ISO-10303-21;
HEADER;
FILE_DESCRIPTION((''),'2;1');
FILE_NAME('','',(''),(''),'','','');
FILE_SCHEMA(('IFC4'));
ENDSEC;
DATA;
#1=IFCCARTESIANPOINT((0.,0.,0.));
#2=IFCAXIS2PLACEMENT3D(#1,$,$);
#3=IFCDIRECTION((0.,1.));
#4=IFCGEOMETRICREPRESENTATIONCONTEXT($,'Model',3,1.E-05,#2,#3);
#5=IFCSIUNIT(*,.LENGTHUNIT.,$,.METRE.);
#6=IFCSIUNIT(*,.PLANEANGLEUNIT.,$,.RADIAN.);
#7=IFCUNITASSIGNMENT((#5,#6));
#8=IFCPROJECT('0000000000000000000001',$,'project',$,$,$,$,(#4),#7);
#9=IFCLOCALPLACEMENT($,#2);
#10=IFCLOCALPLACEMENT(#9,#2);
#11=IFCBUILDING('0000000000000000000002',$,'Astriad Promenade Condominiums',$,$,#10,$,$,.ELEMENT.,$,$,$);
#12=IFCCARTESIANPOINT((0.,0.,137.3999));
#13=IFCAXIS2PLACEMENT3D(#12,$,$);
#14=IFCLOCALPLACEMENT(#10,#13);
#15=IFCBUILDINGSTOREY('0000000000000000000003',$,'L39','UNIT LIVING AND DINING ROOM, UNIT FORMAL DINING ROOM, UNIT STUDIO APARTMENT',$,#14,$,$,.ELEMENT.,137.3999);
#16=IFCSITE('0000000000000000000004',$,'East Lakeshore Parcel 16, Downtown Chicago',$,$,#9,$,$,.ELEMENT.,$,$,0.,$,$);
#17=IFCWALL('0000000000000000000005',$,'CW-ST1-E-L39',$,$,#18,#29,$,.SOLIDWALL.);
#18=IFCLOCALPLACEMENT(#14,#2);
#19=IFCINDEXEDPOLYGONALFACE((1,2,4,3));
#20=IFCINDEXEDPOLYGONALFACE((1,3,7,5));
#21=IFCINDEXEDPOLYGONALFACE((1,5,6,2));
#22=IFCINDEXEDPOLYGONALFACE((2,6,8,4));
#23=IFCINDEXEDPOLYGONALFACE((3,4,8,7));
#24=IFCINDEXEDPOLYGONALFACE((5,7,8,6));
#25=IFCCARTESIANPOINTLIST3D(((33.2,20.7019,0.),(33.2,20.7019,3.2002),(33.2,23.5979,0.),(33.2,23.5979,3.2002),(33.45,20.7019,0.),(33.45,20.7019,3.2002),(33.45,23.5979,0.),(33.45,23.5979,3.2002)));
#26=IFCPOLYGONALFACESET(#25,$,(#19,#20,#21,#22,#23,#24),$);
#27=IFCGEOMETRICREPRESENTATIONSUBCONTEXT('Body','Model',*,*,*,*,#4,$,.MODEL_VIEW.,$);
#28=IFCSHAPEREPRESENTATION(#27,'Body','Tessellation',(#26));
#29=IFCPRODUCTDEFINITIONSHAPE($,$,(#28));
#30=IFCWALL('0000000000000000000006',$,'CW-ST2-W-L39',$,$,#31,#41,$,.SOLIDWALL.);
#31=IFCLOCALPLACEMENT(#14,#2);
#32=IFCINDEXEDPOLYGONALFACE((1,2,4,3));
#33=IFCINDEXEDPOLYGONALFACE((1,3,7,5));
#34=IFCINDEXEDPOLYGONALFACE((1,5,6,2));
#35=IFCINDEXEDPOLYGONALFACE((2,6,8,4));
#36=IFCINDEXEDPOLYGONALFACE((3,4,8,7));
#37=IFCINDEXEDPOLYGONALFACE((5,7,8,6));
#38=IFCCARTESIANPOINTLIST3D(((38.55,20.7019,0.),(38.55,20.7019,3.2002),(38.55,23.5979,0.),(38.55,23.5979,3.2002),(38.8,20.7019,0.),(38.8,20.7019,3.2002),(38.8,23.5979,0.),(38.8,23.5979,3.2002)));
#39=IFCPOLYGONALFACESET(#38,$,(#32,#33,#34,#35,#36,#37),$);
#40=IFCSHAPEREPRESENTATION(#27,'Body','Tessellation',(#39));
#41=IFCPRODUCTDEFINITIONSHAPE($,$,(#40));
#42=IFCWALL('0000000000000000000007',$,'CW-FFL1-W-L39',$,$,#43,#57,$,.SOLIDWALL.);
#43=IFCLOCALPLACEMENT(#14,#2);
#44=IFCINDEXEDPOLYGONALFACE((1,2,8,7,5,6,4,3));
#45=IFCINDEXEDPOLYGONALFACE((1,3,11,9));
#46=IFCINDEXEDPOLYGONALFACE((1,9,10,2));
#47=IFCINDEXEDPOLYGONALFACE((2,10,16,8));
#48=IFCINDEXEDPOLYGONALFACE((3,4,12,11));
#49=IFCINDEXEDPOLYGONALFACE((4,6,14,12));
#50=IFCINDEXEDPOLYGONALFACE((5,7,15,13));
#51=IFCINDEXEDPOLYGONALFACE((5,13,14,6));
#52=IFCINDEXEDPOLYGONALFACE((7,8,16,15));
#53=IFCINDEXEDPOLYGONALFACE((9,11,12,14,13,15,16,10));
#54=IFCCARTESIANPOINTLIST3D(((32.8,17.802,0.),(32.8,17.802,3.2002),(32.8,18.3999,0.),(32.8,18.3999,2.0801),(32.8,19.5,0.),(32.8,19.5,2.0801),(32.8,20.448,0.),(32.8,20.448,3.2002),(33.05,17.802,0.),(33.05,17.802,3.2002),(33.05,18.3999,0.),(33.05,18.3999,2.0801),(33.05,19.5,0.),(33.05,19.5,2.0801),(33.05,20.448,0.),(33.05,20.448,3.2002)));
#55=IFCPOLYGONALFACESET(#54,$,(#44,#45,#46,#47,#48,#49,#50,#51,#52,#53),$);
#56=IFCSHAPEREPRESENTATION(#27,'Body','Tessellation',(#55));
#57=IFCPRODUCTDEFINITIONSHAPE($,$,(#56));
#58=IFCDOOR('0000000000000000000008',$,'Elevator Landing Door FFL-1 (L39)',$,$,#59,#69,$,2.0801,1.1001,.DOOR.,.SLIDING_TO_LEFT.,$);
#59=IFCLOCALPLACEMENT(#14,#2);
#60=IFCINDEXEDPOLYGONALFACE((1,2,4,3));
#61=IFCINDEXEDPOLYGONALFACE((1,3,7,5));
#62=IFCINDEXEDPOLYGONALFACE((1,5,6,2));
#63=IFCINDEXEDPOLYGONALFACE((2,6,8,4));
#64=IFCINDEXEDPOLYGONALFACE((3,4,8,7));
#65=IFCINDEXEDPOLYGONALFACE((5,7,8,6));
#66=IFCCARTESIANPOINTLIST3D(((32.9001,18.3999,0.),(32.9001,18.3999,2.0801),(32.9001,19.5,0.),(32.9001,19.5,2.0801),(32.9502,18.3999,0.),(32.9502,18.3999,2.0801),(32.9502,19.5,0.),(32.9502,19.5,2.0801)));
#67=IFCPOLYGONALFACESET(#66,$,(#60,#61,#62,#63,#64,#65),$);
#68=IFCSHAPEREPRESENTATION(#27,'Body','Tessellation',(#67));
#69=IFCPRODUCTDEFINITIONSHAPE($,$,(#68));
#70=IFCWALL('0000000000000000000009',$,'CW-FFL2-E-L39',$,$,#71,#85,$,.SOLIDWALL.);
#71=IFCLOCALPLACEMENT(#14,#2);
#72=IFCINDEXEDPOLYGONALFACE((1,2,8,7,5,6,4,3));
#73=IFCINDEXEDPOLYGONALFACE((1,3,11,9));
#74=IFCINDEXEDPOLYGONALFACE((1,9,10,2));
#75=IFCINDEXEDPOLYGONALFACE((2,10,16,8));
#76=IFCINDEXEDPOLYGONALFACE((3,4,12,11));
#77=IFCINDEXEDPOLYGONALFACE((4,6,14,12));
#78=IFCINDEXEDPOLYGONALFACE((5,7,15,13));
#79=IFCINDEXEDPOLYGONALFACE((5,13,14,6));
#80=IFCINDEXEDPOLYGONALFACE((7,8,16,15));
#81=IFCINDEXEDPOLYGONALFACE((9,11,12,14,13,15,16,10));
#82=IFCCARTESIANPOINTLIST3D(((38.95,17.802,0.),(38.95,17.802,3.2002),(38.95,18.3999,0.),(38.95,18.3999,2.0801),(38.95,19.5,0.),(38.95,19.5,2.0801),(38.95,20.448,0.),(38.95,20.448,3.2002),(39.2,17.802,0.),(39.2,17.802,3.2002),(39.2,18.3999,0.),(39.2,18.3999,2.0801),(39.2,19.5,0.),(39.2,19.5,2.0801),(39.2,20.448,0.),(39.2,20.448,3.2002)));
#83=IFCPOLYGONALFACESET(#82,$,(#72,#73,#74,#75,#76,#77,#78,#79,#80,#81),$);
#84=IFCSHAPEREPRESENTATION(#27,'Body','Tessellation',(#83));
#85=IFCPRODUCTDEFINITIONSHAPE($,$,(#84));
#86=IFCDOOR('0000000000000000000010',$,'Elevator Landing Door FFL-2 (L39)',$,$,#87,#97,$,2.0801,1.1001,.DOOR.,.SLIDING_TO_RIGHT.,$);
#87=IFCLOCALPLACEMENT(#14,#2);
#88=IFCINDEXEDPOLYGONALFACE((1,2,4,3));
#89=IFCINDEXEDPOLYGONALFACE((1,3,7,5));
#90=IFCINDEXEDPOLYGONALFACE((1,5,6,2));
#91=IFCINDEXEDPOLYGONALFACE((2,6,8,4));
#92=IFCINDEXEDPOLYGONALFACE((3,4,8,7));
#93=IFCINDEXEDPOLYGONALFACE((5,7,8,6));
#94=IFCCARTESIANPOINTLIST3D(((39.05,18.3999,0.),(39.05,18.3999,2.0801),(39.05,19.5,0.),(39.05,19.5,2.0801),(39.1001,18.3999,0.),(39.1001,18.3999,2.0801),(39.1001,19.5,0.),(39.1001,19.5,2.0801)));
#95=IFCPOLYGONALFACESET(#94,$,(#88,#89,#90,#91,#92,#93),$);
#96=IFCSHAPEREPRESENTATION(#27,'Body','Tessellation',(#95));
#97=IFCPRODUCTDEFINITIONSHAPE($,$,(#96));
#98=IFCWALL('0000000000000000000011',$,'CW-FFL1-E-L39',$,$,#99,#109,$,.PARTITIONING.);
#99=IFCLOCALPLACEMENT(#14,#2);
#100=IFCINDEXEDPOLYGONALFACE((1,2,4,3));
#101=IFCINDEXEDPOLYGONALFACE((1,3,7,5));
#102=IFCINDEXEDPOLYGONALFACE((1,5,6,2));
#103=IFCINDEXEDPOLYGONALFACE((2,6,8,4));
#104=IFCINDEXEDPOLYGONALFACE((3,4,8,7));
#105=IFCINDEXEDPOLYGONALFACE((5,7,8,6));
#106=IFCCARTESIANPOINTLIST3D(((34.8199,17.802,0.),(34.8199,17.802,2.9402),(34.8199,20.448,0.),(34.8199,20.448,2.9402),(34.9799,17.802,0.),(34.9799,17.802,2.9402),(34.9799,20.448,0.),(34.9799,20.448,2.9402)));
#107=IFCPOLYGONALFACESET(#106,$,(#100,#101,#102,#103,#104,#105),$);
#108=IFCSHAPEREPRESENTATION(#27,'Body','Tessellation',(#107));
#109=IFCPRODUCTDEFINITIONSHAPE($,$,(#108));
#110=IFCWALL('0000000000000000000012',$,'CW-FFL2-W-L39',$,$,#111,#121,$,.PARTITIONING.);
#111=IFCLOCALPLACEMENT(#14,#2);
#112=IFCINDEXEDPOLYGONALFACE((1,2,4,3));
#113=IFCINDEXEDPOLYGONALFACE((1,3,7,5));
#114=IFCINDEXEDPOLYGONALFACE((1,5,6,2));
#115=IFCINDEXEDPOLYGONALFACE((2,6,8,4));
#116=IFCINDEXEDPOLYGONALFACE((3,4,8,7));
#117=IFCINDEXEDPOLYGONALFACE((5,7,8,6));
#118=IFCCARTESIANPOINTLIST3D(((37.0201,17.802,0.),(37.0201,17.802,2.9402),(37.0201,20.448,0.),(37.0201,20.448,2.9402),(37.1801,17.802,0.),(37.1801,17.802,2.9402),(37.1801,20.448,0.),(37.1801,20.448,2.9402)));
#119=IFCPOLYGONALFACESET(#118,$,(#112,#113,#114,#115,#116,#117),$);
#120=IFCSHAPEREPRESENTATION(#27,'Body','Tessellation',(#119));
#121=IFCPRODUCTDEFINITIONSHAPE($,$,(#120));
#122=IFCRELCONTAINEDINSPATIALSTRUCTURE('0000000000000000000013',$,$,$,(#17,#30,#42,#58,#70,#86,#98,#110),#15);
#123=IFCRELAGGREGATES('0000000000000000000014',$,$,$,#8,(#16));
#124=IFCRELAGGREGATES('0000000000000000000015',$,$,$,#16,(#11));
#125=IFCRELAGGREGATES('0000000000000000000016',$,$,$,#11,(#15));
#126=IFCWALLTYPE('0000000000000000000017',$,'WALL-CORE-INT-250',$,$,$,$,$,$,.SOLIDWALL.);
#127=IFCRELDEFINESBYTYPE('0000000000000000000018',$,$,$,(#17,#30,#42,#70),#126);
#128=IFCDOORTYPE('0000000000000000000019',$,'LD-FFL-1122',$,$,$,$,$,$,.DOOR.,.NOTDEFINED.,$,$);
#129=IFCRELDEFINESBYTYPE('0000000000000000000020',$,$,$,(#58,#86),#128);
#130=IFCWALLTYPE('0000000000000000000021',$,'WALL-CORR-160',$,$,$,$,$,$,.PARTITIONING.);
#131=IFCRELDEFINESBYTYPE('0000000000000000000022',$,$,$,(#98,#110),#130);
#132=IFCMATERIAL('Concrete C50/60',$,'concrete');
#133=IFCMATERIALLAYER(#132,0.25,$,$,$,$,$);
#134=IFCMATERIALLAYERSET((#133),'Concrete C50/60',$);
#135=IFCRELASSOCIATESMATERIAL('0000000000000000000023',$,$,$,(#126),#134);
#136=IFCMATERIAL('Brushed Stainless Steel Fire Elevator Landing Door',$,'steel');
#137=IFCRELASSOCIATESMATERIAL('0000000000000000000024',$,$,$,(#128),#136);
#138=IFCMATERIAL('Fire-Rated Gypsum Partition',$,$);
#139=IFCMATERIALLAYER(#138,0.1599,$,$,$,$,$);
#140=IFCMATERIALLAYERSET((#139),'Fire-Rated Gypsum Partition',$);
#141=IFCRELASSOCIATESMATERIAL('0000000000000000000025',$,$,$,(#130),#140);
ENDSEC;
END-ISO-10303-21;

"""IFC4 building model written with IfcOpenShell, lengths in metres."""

from ifc_helpers import new_model, si_unit, direction, frame, frame_2d, origin, place, context, subcontext, project, spatial, rectangle, extrude, source, transform, mapped, material, layer, layer_set, type_object, type_shapes, element, fill, save


model = new_model("IFC4")

# Units and contexts
model_context = context("Model", 3, precision=1e-05, world=origin(), true_north=direction((0.0, 1.0)))
body_context = subcontext(model_context, "Body", "Model", "MODEL_VIEW")
ifc_project = project(units=[si_unit("LENGTHUNIT", "METRE"), si_unit("PLANEANGLEUNIT", "RADIAN")], contexts=[model_context])

# Site, building, storey
site_placement = place(None, origin())
site = spatial("IfcSite", under=ifc_project, at=site_placement, Name="East Lakeshore Parcel 16, Downtown Chicago", CompositionType="ELEMENT", RefElevation=0.0)
building_placement = place(site_placement, origin())
building = spatial("IfcBuilding", under=site, at=building_placement, Name="Astriad Promenade Condominiums", CompositionType="ELEMENT")
storey_placement = place(building_placement, frame((0.0, 0.0, 137.3999)))
storey = spatial("IfcBuildingStorey", under=building, at=storey_placement, Name="L39", Description="UNIT LIVING AND DINING ROOM, UNIT FORMAL DINING ROOM, UNIT STUDIO APARTMENT", CompositionType="ELEMENT", Elevation=137.3999)

# Shared definitions
ifc_material_1 = material(Name="Concrete C50/60", Category="concrete")
ifc_layer_1 = layer(ifc_material_1, 0.25)
ifc_layer_set_1 = layer_set([ifc_layer_1], Name="Concrete C50/60")
wall_type_1 = type_object("IfcWallType", Name="WALL-CORE-INT-250", PredefinedType="SOLIDWALL", material=ifc_layer_set_1)

# Walls
for number, where, z_axis, x_axis, name in (
    (1, (33.325, 20.7019, 0.0), (0.0, 0.0, 1.0), (0.0, 1.0, 0.0), "CW-ST1-E-L39"),
    (2, (38.675, 20.7019, 0.0), (0.0, 0.0, 1.0), (0.0, 1.0, 0.0), "CW-ST2-W-L39"),
):
    element("IfcWall", number, at=place(storey_placement, frame(where, z_axis=z_axis, x_axis=x_axis)), inside=storey, type_object=wall_type_1, Name=name, PredefinedType="SOLIDWALL", context=body_context, shape_type="SweptSolid", body=[
        extrude(rectangle(XDim=2.896, YDim=0.25, at=frame_2d((1.448, 0.0))), origin(), (0.0, 0.0, 1.0), 3.2002),
    ])

# Walls, openings, doors
wall_1_placement = place(storey_placement, frame((32.925, 17.802, 0.0), z_axis=(0.0, 0.0, 1.0), x_axis=(0.0, 1.0, 0.0)))
wall_1 = element("IfcWall", 3, at=wall_1_placement, inside=storey, type_object=wall_type_1, Name="CW-FFL1-W-L39", PredefinedType="SOLIDWALL", context=body_context, shape_type="SweptSolid", body=[
    extrude(rectangle(XDim=2.646, YDim=0.25, at=frame_2d((1.323, 0.0))), origin(), (0.0, 0.0, 1.0), 3.2002),
])
opening_1_placement = place(wall_1_placement, frame((0.5979, 0.0, 0.0)))
opening_1 = element("IfcOpeningElement", 4, at=opening_1_placement, cuts=wall_1, PredefinedType="OPENING", context=body_context, shape_type="SweptSolid", body=[
    extrude(rectangle(XDim=1.1001, YDim=2.0801, at=frame_2d((0.55, 1.04))), frame((0.0, 0.135, 0.0), z_axis=(0.0, -1.0, 0.0), x_axis=(1.0, 0.0, 0.0)), (0.0, 0.0, 1.0), 0.27),
])
ifc_material_2 = material(Name="Brushed Stainless Steel Fire Elevator Landing Door", Category="steel")
door_type_1 = type_object("IfcDoorType", Name="LD-FFL-1122", OperationType="NOTDEFINED", PredefinedType="DOOR", material=ifc_material_2)
shared_shape_1 = source(origin(), body_context, "Body", "SweptSolid", [
    extrude(rectangle(XDim=1.1001, YDim=2.0801, at=frame_2d((0.55, 1.04))), frame((0.0, 0.0249, 0.0), z_axis=(0.0, -1.0, 0.0), x_axis=(1.0, 0.0, 0.0)), (0.0, 0.0, 1.0), 0.05),
])
type_shapes(door_type_1, [shared_shape_1])
door_1_placement = place(opening_1_placement, origin())
door_1 = element("IfcDoor", 5, at=door_1_placement, inside=storey, type_object=door_type_1, Name="Elevator Landing Door FFL-1 (L39)", OperationType="SLIDING_TO_LEFT", OverallHeight=2.0801, OverallWidth=1.1001, PredefinedType="DOOR", context=body_context, shape_type="MappedRepresentation", body=[
    mapped(shared_shape_1, transform((0.0, 0.0, 0.0), scale=1.0)),
])
fill(opening_1, door_1)
wall_2_placement = place(storey_placement, frame((39.075, 17.802, 0.0), z_axis=(0.0, 0.0, 1.0), x_axis=(0.0, 1.0, 0.0)))
wall_2 = element("IfcWall", 6, at=wall_2_placement, inside=storey, type_object=wall_type_1, Name="CW-FFL2-E-L39", PredefinedType="SOLIDWALL", context=body_context, shape_type="SweptSolid", body=[
    extrude(rectangle(XDim=2.646, YDim=0.25, at=frame_2d((1.323, 0.0))), origin(), (0.0, 0.0, 1.0), 3.2002),
])
opening_2_placement = place(wall_2_placement, frame((0.5979, 0.0, 0.0)))
opening_2 = element("IfcOpeningElement", 7, at=opening_2_placement, cuts=wall_2, PredefinedType="OPENING", context=body_context, shape_type="SweptSolid", body=[
    extrude(rectangle(XDim=1.1001, YDim=2.0801, at=frame_2d((0.55, 1.04))), frame((0.0, 0.135, 0.0), z_axis=(0.0, -1.0, 0.0), x_axis=(1.0, 0.0, 0.0)), (0.0, 0.0, 1.0), 0.27),
])
door_2_placement = place(opening_2_placement, origin())
door_2 = element("IfcDoor", 8, at=door_2_placement, inside=storey, type_object=door_type_1, Name="Elevator Landing Door FFL-2 (L39)", OperationType="SLIDING_TO_RIGHT", OverallHeight=2.0801, OverallWidth=1.1001, PredefinedType="DOOR", context=body_context, shape_type="MappedRepresentation", body=[
    mapped(shared_shape_1, transform((0.0, 0.0, 0.0), scale=1.0)),
])
fill(opening_2, door_2)

# Walls
ifc_material_3 = material(Name="Fire-Rated Gypsum Partition")
ifc_layer_2 = layer(ifc_material_3, 0.1599)
ifc_layer_set_2 = layer_set([ifc_layer_2], Name="Fire-Rated Gypsum Partition")
wall_type_2 = type_object("IfcWallType", Name="WALL-CORR-160", PredefinedType="PARTITIONING", material=ifc_layer_set_2)
for number, where, z_axis, x_axis, name in (
    (9, (34.8999, 17.802, 0.0), (0.0, 0.0, 1.0), (0.0, 1.0, 0.0), "CW-FFL1-E-L39"),
    (10, (37.1001, 17.802, 0.0), (0.0, 0.0, 1.0), (0.0, 1.0, 0.0), "CW-FFL2-W-L39"),
):
    element("IfcWall", number, at=place(storey_placement, frame(where, z_axis=z_axis, x_axis=x_axis)), inside=storey, type_object=wall_type_2, Name=name, PredefinedType="PARTITIONING", context=body_context, shape_type="SweptSolid", body=[
        extrude(rectangle(XDim=2.646, YDim=0.1599, at=frame_2d((1.323, 0.0))), origin(), (0.0, 0.0, 1.0), 2.9402),
    ])

save(model, "model.ifc")
